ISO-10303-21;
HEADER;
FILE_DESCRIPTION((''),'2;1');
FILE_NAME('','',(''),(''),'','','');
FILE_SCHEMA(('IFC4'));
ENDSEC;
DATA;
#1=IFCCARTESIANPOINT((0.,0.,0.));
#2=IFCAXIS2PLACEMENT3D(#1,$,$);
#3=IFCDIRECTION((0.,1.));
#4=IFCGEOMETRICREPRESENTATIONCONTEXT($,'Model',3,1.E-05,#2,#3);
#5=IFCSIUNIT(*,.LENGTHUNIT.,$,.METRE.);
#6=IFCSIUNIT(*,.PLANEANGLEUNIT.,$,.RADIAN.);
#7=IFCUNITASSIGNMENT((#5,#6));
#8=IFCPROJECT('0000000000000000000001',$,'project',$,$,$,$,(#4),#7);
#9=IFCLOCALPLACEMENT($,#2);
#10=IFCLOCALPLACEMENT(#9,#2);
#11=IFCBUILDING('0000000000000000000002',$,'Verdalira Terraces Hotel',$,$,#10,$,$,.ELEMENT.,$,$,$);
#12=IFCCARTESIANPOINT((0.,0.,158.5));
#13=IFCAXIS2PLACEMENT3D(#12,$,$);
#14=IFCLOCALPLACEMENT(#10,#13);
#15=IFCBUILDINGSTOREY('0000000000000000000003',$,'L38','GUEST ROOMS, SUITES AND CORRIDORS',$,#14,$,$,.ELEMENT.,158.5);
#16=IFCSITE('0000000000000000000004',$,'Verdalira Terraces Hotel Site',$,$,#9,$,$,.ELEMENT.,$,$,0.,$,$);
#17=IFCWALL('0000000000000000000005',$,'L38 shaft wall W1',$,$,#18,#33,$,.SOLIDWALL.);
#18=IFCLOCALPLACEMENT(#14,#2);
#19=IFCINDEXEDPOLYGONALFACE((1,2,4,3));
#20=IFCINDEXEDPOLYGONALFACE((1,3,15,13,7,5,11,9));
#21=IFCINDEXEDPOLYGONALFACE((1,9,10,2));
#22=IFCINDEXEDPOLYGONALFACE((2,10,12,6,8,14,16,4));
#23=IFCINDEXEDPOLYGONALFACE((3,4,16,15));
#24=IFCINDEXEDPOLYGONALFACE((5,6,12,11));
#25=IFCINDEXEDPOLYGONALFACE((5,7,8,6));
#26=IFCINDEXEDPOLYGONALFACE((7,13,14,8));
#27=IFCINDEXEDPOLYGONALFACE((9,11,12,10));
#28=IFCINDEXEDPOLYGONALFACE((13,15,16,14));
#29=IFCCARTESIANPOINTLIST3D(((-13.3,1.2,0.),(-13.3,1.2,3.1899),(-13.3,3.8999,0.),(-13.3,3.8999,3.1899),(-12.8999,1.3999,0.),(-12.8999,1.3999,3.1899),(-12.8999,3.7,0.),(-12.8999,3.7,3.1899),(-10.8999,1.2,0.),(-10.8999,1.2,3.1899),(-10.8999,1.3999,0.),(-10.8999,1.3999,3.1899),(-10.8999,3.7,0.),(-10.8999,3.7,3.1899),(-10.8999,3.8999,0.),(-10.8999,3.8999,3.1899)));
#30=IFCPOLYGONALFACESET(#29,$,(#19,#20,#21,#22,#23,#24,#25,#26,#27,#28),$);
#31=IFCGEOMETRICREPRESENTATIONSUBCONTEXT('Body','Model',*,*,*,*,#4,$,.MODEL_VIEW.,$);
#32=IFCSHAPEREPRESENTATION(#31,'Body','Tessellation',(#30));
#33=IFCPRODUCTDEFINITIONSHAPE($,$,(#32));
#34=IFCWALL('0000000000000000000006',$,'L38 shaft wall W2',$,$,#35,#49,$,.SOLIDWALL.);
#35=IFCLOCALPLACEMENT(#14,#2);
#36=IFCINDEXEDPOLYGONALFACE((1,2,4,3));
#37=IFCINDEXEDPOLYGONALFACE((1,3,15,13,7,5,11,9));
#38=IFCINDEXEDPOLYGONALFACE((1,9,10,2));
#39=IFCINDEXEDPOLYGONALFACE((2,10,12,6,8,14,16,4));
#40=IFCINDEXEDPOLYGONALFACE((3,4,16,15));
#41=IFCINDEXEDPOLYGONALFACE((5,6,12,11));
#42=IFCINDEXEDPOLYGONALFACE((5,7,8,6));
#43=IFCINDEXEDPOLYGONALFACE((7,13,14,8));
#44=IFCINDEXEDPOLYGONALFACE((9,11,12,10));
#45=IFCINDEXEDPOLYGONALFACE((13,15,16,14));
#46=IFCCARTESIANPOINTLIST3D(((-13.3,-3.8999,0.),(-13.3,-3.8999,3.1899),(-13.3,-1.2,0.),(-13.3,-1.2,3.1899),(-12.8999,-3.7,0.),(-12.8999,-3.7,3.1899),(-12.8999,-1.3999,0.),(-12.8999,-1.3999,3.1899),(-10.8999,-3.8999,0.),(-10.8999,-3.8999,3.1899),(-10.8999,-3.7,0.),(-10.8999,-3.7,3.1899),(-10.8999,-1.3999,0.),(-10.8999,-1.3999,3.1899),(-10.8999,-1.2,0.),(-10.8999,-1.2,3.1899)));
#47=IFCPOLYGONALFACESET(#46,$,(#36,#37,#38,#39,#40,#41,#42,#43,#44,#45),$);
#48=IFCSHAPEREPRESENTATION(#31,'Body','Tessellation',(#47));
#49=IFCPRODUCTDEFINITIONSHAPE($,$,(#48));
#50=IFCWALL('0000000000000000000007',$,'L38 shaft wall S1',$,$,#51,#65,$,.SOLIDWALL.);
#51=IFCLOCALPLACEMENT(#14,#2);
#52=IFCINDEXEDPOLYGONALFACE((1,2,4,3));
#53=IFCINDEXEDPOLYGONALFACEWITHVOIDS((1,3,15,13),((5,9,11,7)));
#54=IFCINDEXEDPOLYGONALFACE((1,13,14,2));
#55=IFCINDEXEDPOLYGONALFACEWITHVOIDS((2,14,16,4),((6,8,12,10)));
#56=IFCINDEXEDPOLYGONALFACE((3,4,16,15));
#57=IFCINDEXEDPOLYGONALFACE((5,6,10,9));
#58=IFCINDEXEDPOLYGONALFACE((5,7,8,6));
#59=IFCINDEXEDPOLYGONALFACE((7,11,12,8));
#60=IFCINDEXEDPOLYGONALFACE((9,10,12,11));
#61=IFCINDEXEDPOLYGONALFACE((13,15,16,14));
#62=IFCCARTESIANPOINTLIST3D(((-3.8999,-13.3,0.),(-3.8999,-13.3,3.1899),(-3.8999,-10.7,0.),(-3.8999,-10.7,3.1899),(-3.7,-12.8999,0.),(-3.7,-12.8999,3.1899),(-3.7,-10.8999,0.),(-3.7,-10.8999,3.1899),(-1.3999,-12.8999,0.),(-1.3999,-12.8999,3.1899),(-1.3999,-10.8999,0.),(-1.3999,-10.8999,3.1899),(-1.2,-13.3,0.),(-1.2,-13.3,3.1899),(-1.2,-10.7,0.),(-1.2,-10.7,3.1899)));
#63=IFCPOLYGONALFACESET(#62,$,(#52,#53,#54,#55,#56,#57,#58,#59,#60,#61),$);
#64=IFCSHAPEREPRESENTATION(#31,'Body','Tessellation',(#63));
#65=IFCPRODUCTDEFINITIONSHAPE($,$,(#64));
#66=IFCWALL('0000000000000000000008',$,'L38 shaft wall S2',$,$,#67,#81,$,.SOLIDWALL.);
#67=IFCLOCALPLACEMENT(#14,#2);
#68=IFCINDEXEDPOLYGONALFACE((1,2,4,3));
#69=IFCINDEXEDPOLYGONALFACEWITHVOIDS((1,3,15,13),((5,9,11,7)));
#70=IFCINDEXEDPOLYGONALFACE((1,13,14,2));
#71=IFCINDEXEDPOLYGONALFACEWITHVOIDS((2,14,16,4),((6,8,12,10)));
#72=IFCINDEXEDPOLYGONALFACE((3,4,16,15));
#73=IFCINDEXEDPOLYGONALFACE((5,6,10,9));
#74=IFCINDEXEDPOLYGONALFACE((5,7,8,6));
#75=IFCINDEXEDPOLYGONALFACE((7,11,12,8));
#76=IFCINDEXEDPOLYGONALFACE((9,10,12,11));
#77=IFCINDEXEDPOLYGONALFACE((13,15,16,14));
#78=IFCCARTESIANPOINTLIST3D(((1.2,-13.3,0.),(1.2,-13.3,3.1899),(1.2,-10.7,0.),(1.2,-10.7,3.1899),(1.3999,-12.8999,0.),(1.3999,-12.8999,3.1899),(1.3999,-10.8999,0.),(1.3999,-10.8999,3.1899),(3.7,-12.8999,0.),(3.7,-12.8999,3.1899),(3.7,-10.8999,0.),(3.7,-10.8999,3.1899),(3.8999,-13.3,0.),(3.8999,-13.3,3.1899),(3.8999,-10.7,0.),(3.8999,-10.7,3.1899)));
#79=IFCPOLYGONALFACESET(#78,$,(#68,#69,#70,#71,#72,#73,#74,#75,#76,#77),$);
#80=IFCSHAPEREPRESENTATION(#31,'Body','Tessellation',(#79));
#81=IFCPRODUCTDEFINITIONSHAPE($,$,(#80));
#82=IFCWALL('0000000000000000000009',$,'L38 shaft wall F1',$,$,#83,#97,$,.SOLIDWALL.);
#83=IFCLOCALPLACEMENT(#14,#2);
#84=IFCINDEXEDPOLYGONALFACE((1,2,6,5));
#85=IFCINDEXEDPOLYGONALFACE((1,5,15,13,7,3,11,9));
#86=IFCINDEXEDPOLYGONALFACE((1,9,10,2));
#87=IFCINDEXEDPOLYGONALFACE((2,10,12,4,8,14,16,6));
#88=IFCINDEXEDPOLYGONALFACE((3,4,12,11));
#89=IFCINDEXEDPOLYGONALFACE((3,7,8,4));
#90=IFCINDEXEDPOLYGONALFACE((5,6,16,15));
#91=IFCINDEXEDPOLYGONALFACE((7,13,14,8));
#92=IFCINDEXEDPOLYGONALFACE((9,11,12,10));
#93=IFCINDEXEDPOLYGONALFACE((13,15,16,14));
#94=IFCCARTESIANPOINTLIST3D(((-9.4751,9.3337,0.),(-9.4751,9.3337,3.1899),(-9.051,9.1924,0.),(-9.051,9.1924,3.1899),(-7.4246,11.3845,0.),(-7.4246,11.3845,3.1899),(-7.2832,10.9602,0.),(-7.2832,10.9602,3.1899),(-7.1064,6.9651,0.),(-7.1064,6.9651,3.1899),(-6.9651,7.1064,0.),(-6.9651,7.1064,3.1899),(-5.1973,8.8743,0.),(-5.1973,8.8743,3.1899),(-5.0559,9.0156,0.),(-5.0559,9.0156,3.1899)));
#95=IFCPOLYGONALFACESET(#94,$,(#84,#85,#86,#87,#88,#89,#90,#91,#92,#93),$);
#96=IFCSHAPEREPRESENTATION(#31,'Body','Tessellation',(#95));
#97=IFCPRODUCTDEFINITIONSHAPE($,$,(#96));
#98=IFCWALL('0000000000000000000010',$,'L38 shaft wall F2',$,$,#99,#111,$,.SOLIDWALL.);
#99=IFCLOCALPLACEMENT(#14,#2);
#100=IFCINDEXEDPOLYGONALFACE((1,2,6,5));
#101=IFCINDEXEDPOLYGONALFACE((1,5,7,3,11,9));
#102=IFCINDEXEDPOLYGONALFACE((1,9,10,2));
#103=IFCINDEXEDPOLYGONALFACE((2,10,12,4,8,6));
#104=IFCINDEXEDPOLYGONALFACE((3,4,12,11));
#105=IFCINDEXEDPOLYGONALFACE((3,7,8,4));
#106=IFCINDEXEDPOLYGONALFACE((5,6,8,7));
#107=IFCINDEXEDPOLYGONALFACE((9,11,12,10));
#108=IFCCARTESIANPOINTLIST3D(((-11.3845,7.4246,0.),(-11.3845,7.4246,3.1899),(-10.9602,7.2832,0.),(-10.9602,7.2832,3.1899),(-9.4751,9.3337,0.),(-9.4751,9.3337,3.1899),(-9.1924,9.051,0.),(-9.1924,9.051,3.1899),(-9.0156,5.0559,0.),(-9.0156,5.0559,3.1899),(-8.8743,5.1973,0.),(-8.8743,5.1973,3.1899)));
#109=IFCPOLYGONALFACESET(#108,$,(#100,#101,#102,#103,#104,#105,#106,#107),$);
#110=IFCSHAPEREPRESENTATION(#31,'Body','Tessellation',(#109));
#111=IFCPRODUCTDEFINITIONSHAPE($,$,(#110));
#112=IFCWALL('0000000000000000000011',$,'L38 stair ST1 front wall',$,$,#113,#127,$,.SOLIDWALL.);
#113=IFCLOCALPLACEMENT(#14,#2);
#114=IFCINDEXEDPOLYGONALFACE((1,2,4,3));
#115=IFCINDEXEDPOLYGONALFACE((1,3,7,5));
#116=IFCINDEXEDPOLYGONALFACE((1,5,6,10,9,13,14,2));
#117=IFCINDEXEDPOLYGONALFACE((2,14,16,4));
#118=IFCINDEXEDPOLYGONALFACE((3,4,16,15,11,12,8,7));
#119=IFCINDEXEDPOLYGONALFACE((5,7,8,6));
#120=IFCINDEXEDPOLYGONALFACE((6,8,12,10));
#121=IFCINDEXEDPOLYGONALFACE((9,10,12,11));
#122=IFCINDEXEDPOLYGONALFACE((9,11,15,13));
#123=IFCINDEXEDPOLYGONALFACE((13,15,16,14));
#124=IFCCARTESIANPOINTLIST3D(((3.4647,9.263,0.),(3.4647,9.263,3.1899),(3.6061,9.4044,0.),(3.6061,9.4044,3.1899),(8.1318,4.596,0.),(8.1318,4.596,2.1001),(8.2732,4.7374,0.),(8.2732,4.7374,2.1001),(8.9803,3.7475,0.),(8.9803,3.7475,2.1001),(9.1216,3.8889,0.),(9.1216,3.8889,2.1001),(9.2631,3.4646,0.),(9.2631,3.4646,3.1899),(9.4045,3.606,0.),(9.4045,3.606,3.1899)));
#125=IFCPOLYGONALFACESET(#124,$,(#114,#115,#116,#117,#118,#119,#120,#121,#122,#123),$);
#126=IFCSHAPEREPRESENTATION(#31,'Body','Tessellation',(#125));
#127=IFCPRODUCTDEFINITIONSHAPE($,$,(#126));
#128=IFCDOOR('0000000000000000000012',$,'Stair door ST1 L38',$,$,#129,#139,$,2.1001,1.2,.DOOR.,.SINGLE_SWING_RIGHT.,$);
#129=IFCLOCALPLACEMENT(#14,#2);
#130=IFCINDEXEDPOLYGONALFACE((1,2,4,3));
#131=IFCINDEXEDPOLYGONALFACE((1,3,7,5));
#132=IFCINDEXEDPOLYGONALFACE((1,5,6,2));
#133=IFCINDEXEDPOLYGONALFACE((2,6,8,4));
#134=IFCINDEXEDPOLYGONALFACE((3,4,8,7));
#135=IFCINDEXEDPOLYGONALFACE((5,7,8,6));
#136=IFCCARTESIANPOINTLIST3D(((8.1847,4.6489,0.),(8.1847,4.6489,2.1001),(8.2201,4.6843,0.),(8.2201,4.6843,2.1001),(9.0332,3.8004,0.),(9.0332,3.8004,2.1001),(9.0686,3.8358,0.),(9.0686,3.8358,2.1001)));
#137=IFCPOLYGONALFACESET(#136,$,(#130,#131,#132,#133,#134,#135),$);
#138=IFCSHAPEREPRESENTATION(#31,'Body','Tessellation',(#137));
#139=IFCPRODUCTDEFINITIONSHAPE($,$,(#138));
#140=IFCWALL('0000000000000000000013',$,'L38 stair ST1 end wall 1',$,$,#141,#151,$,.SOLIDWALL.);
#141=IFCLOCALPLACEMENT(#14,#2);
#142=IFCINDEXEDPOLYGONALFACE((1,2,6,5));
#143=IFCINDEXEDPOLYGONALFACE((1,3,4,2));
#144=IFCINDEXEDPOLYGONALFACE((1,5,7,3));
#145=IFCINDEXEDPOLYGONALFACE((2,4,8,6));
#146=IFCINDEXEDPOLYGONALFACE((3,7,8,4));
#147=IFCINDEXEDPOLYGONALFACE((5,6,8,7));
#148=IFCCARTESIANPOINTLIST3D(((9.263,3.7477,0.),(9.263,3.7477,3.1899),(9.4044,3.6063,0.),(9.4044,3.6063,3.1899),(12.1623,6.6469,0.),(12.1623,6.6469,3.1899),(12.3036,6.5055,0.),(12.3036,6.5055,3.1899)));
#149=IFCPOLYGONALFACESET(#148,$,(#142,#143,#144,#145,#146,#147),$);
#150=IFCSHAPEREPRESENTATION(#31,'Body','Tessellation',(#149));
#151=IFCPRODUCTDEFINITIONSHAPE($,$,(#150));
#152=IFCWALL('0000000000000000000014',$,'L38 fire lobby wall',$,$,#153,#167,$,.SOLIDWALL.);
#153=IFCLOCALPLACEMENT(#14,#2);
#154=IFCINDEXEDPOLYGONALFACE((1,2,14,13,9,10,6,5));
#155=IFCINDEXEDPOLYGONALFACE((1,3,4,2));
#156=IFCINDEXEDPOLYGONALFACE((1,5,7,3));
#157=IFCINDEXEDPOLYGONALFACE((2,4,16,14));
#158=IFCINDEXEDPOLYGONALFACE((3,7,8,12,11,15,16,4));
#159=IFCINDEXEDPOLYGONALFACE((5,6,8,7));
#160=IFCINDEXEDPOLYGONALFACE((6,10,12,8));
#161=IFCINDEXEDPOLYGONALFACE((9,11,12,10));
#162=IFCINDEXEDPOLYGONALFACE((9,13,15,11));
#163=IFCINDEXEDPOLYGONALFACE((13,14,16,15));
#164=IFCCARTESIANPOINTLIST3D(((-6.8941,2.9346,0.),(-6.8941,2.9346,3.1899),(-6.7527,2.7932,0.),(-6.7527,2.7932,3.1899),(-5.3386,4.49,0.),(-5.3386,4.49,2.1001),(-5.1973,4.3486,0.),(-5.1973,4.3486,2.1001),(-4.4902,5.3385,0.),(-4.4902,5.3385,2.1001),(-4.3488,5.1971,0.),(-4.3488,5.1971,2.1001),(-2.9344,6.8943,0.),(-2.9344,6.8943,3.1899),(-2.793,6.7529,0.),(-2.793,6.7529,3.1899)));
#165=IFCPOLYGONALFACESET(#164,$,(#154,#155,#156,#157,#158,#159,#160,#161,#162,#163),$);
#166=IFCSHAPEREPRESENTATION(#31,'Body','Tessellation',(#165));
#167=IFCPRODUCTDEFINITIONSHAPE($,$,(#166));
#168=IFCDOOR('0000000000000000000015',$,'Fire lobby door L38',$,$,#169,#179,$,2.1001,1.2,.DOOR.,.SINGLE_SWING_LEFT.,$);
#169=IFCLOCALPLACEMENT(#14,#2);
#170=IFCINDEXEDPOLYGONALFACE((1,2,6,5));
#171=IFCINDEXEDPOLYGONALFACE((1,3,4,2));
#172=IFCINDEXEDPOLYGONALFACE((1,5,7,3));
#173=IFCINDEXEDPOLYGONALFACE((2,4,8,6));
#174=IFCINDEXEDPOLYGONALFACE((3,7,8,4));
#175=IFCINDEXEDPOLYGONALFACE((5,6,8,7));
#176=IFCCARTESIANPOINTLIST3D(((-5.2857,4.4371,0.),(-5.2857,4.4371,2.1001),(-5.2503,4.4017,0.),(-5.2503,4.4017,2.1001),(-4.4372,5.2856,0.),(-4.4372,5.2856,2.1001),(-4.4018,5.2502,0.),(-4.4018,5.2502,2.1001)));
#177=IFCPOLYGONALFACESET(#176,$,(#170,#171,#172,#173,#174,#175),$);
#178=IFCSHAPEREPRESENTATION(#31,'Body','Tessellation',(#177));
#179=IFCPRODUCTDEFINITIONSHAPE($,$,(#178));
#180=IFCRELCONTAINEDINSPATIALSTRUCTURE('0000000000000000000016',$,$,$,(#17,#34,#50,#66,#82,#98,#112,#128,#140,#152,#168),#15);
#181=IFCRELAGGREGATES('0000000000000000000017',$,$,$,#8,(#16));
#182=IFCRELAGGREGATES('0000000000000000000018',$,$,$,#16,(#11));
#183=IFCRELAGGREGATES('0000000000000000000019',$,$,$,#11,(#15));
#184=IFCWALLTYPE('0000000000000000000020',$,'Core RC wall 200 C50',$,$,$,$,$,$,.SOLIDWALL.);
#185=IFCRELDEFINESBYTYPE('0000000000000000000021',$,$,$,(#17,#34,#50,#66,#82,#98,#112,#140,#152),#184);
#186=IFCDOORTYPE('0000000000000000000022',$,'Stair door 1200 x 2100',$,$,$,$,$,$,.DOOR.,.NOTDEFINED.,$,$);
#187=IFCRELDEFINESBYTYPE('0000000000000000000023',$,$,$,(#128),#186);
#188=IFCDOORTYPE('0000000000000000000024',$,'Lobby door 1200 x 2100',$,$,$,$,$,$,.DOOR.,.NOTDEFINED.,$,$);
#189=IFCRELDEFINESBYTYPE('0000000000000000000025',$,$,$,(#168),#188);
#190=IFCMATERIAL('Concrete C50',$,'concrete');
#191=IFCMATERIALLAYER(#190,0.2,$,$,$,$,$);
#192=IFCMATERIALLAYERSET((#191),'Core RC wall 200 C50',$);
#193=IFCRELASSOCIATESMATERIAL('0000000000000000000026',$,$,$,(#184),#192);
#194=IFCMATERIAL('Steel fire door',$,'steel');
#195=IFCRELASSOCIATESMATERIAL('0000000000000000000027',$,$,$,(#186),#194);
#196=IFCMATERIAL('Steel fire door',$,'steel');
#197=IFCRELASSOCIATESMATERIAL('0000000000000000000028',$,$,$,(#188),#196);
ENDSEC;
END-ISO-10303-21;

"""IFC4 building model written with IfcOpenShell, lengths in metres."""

from ifc_helpers import new_model, si_unit, direction, frame, frame_2d, origin, place, context, subcontext, project, spatial, polyline, rectangle, outline, extrude, material, layer, layer_set, type_object, element, fill, save


model = new_model("IFC4")

# Units and contexts
model_context = context("Model", 3, precision=1e-05, world=origin(), true_north=direction((0.0, 1.0)))
body_context = subcontext(model_context, "Body", "Model", "MODEL_VIEW")
ifc_project = project(units=[si_unit("LENGTHUNIT", "METRE"), si_unit("PLANEANGLEUNIT", "RADIAN")], contexts=[model_context])

# Site, building, storey
site_placement = place(None, origin())
site = spatial("IfcSite", under=ifc_project, at=site_placement, Name="Verdalira Terraces Hotel Site", CompositionType="ELEMENT", RefElevation=0.0)
building_placement = place(site_placement, origin())
building = spatial("IfcBuilding", under=site, at=building_placement, Name="Verdalira Terraces Hotel", CompositionType="ELEMENT")
storey_placement = place(building_placement, frame((0.0, 0.0, 158.5)))
storey = spatial("IfcBuildingStorey", under=building, at=storey_placement, Name="L38", Description="GUEST ROOMS, SUITES AND CORRIDORS", CompositionType="ELEMENT", Elevation=158.5)

# Shared definitions
ifc_material_1 = material(Name="Concrete C50", Category="concrete")
ifc_layer_1 = layer(ifc_material_1, 0.2)
ifc_layer_set_1 = layer_set([ifc_layer_1], Name="Core RC wall 200 C50")
wall_type_1 = type_object("IfcWallType", Name="Core RC wall 200 C50", PredefinedType="SOLIDWALL", material=ifc_layer_set_1)

# Walls
wall_1_placement = place(storey_placement, origin())
element("IfcWall", 1, at=wall_1_placement, inside=storey, type_object=wall_type_1, Name="L38 shaft wall W1", PredefinedType="SOLIDWALL", context=body_context, shape_type="SweptSolid", body=[
    extrude(outline(polyline([(-13.3, 3.8999), (-10.8999, 3.8999), (-10.8999, 3.7), (-12.8999, 3.7), (-12.8999, 1.3999), (-10.8999, 1.3999), (-10.8999, 1.2), (-13.3, 1.2), (-13.3, 3.8999)])), origin(), (0.0, 0.0, 1.0), 3.1899),
])
wall_2_placement = place(storey_placement, origin())
element("IfcWall", 2, at=wall_2_placement, inside=storey, type_object=wall_type_1, Name="L38 shaft wall W2", PredefinedType="SOLIDWALL", context=body_context, shape_type="SweptSolid", body=[
    extrude(outline(polyline([(-13.3, -3.8999), (-13.3, -1.2), (-10.8999, -1.2), (-10.8999, -1.3999), (-12.8999, -1.3999), (-12.8999, -3.7), (-10.8999, -3.7), (-10.8999, -3.8999), (-13.3, -3.8999)])), origin(), (0.0, 0.0, 1.0), 3.1899),
])
wall_3_placement = place(storey_placement, origin())
element("IfcWall", 3, at=wall_3_placement, inside=storey, type_object=wall_type_1, Name="L38 shaft wall S1", PredefinedType="SOLIDWALL", context=body_context, shape_type="SweptSolid", body=[
    extrude(outline(polyline([(-1.2, -13.3), (-3.8999, -13.3), (-3.8999, -10.7), (-1.2, -10.7), (-1.2, -13.3)]), holes=[polyline([(-3.7, -10.8999), (-3.7, -12.8999), (-1.3999, -12.8999), (-1.3999, -10.8999), (-3.7, -10.8999)])]), origin(), (0.0, 0.0, 1.0), 3.1899),
])
wall_4_placement = place(storey_placement, origin())
element("IfcWall", 4, at=wall_4_placement, inside=storey, type_object=wall_type_1, Name="L38 shaft wall S2", PredefinedType="SOLIDWALL", context=body_context, shape_type="SweptSolid", body=[
    extrude(outline(polyline([(3.8999, -10.7), (3.8999, -13.3), (1.2, -13.3), (1.2, -10.7), (3.8999, -10.7)]), holes=[polyline([(1.3999, -12.8999), (3.7, -12.8999), (3.7, -10.8999), (1.3999, -10.8999), (1.3999, -12.8999)])]), origin(), (0.0, 0.0, 1.0), 3.1899),
])
wall_5_placement = place(storey_placement, origin())
element("IfcWall", 5, at=wall_5_placement, inside=storey, type_object=wall_type_1, Name="L38 shaft wall F1", PredefinedType="SOLIDWALL", context=body_context, shape_type="SweptSolid", body=[
    extrude(outline(polyline([(-9.4751, 9.3337), (-7.4246, 11.3845), (-5.0559, 9.0156), (-5.1973, 8.8743), (-7.2832, 10.9602), (-9.051, 9.1924), (-6.9651, 7.1064), (-7.1064, 6.9651), (-9.4751, 9.3337)])), origin(), (0.0, 0.0, 1.0), 3.1899),
])
wall_6_placement = place(storey_placement, origin())
element("IfcWall", 6, at=wall_6_placement, inside=storey, type_object=wall_type_1, Name="L38 shaft wall F2", PredefinedType="SOLIDWALL", context=body_context, shape_type="SweptSolid", body=[
    extrude(outline(polyline([(-11.3845, 7.4246), (-9.4751, 9.3337), (-9.1924, 9.051), (-10.9602, 7.2832), (-8.8743, 5.1973), (-9.0156, 5.0559), (-11.3845, 7.4246)])), origin(), (0.0, 0.0, 1.0), 3.1899),
])

# Wall, opening, door
wall_7_placement = place(storey_placement, frame((3.5354, 9.3337, 0.0), z_axis=(0.0, 0.0, 1.0), x_axis=(0.707107, -0.707107, 0.0)))
wall_7 = element("IfcWall", 7, at=wall_7_placement, inside=storey, type_object=wall_type_1, Name="L38 stair ST1 front wall", PredefinedType="SOLIDWALL", context=body_context, shape_type="SweptSolid", body=[
    extrude(rectangle(XDim=8.2002, YDim=0.2, at=frame_2d((4.1001, 0.0))), origin(), (0.0, 0.0, 1.0), 3.1899),
])
opening_1_placement = place(wall_7_placement, frame((6.6001, 0.0, 0.0)))
opening_1 = element("IfcOpeningElement", 8, at=opening_1_placement, cuts=wall_7, PredefinedType="OPENING", context=body_context, shape_type="SweptSolid", body=[
    extrude(rectangle(XDim=1.2, YDim=2.1001, at=frame_2d((0.6001, 1.05))), frame((0.0, 0.1099, 0.0), z_axis=(0.0, -1.0, 0.0), x_axis=(1.0, 0.0, 0.0)), (0.0, 0.0, 1.0), 0.22),
])
ifc_material_2 = material(Name="Steel fire door", Category="steel")
door_type_1 = type_object("IfcDoorType", Name="Stair door 1200 x 2100", OperationType="NOTDEFINED", PredefinedType="DOOR", material=ifc_material_2)
door_1_placement = place(opening_1_placement, origin())
door_1 = element("IfcDoor", 9, at=door_1_placement, inside=storey, type_object=door_type_1, Name="Stair door ST1 L38", OperationType="SINGLE_SWING_RIGHT", OverallHeight=2.1001, OverallWidth=1.2, PredefinedType="DOOR", context=body_context, shape_type="SweptSolid", body=[
    extrude(rectangle(XDim=1.2, YDim=2.1001, at=frame_2d((0.6001, 1.05))), frame((0.0, 0.0249, 0.0), z_axis=(0.0, -1.0, 0.0), x_axis=(1.0, 0.0, 0.0)), (0.0, 0.0, 1.0), 0.05),
])
fill(opening_1, door_1)

# Wall
wall_8_placement = place(storey_placement, frame((9.3337, 3.677, 0.0), z_axis=(0.0, 0.0, 1.0), x_axis=(0.707107, 0.707107, 0.0)))
element("IfcWall", 10, at=wall_8_placement, inside=storey, type_object=wall_type_1, Name="L38 stair ST1 end wall 1", PredefinedType="SOLIDWALL", context=body_context, shape_type="SweptSolid", body=[
    extrude(rectangle(XDim=4.1001, YDim=0.2, at=frame_2d((2.05, 0.0))), origin(), (0.0, 0.0, 1.0), 3.1899),
])

# Wall, opening, door
wall_9_placement = place(storey_placement, frame((-2.8638, 6.8235, 0.0), z_axis=(0.0, 0.0, 1.0), x_axis=(-0.707107, -0.707107, 0.0)))
wall_9 = element("IfcWall", 11, at=wall_9_placement, inside=storey, type_object=wall_type_1, Name="L38 fire lobby wall", PredefinedType="SOLIDWALL", context=body_context, shape_type="SweptSolid", body=[
    extrude(rectangle(XDim=5.5999, YDim=0.2, at=frame_2d((2.7998, 0.0))), origin(), (0.0, 0.0, 1.0), 3.1899),
])
opening_2_placement = place(wall_9_placement, frame((2.2, 0.0, 0.0)))
opening_2 = element("IfcOpeningElement", 12, at=opening_2_placement, cuts=wall_9, PredefinedType="OPENING", context=body_context, shape_type="SweptSolid", body=[
    extrude(rectangle(XDim=1.2, YDim=2.1001, at=frame_2d((0.6001, 1.05))), frame((0.0, 0.1099, 0.0), z_axis=(0.0, -1.0, 0.0), x_axis=(1.0, 0.0, 0.0)), (0.0, 0.0, 1.0), 0.22),
])
ifc_material_3 = material(Name="Steel fire door", Category="steel")
door_type_2 = type_object("IfcDoorType", Name="Lobby door 1200 x 2100", OperationType="NOTDEFINED", PredefinedType="DOOR", material=ifc_material_3)
door_2_placement = place(opening_2_placement, origin())
door_2 = element("IfcDoor", 13, at=door_2_placement, inside=storey, type_object=door_type_2, Name="Fire lobby door L38", OperationType="SINGLE_SWING_LEFT", OverallHeight=2.1001, OverallWidth=1.2, PredefinedType="DOOR", context=body_context, shape_type="SweptSolid", body=[
    extrude(rectangle(XDim=1.2, YDim=2.1001, at=frame_2d((0.6001, 1.05))), frame((0.0, 0.0249, 0.0), z_axis=(0.0, -1.0, 0.0), x_axis=(1.0, 0.0, 0.0)), (0.0, 0.0, 1.0), 0.05),
])
fill(opening_2, door_2)

save(model, "model.ifc")
